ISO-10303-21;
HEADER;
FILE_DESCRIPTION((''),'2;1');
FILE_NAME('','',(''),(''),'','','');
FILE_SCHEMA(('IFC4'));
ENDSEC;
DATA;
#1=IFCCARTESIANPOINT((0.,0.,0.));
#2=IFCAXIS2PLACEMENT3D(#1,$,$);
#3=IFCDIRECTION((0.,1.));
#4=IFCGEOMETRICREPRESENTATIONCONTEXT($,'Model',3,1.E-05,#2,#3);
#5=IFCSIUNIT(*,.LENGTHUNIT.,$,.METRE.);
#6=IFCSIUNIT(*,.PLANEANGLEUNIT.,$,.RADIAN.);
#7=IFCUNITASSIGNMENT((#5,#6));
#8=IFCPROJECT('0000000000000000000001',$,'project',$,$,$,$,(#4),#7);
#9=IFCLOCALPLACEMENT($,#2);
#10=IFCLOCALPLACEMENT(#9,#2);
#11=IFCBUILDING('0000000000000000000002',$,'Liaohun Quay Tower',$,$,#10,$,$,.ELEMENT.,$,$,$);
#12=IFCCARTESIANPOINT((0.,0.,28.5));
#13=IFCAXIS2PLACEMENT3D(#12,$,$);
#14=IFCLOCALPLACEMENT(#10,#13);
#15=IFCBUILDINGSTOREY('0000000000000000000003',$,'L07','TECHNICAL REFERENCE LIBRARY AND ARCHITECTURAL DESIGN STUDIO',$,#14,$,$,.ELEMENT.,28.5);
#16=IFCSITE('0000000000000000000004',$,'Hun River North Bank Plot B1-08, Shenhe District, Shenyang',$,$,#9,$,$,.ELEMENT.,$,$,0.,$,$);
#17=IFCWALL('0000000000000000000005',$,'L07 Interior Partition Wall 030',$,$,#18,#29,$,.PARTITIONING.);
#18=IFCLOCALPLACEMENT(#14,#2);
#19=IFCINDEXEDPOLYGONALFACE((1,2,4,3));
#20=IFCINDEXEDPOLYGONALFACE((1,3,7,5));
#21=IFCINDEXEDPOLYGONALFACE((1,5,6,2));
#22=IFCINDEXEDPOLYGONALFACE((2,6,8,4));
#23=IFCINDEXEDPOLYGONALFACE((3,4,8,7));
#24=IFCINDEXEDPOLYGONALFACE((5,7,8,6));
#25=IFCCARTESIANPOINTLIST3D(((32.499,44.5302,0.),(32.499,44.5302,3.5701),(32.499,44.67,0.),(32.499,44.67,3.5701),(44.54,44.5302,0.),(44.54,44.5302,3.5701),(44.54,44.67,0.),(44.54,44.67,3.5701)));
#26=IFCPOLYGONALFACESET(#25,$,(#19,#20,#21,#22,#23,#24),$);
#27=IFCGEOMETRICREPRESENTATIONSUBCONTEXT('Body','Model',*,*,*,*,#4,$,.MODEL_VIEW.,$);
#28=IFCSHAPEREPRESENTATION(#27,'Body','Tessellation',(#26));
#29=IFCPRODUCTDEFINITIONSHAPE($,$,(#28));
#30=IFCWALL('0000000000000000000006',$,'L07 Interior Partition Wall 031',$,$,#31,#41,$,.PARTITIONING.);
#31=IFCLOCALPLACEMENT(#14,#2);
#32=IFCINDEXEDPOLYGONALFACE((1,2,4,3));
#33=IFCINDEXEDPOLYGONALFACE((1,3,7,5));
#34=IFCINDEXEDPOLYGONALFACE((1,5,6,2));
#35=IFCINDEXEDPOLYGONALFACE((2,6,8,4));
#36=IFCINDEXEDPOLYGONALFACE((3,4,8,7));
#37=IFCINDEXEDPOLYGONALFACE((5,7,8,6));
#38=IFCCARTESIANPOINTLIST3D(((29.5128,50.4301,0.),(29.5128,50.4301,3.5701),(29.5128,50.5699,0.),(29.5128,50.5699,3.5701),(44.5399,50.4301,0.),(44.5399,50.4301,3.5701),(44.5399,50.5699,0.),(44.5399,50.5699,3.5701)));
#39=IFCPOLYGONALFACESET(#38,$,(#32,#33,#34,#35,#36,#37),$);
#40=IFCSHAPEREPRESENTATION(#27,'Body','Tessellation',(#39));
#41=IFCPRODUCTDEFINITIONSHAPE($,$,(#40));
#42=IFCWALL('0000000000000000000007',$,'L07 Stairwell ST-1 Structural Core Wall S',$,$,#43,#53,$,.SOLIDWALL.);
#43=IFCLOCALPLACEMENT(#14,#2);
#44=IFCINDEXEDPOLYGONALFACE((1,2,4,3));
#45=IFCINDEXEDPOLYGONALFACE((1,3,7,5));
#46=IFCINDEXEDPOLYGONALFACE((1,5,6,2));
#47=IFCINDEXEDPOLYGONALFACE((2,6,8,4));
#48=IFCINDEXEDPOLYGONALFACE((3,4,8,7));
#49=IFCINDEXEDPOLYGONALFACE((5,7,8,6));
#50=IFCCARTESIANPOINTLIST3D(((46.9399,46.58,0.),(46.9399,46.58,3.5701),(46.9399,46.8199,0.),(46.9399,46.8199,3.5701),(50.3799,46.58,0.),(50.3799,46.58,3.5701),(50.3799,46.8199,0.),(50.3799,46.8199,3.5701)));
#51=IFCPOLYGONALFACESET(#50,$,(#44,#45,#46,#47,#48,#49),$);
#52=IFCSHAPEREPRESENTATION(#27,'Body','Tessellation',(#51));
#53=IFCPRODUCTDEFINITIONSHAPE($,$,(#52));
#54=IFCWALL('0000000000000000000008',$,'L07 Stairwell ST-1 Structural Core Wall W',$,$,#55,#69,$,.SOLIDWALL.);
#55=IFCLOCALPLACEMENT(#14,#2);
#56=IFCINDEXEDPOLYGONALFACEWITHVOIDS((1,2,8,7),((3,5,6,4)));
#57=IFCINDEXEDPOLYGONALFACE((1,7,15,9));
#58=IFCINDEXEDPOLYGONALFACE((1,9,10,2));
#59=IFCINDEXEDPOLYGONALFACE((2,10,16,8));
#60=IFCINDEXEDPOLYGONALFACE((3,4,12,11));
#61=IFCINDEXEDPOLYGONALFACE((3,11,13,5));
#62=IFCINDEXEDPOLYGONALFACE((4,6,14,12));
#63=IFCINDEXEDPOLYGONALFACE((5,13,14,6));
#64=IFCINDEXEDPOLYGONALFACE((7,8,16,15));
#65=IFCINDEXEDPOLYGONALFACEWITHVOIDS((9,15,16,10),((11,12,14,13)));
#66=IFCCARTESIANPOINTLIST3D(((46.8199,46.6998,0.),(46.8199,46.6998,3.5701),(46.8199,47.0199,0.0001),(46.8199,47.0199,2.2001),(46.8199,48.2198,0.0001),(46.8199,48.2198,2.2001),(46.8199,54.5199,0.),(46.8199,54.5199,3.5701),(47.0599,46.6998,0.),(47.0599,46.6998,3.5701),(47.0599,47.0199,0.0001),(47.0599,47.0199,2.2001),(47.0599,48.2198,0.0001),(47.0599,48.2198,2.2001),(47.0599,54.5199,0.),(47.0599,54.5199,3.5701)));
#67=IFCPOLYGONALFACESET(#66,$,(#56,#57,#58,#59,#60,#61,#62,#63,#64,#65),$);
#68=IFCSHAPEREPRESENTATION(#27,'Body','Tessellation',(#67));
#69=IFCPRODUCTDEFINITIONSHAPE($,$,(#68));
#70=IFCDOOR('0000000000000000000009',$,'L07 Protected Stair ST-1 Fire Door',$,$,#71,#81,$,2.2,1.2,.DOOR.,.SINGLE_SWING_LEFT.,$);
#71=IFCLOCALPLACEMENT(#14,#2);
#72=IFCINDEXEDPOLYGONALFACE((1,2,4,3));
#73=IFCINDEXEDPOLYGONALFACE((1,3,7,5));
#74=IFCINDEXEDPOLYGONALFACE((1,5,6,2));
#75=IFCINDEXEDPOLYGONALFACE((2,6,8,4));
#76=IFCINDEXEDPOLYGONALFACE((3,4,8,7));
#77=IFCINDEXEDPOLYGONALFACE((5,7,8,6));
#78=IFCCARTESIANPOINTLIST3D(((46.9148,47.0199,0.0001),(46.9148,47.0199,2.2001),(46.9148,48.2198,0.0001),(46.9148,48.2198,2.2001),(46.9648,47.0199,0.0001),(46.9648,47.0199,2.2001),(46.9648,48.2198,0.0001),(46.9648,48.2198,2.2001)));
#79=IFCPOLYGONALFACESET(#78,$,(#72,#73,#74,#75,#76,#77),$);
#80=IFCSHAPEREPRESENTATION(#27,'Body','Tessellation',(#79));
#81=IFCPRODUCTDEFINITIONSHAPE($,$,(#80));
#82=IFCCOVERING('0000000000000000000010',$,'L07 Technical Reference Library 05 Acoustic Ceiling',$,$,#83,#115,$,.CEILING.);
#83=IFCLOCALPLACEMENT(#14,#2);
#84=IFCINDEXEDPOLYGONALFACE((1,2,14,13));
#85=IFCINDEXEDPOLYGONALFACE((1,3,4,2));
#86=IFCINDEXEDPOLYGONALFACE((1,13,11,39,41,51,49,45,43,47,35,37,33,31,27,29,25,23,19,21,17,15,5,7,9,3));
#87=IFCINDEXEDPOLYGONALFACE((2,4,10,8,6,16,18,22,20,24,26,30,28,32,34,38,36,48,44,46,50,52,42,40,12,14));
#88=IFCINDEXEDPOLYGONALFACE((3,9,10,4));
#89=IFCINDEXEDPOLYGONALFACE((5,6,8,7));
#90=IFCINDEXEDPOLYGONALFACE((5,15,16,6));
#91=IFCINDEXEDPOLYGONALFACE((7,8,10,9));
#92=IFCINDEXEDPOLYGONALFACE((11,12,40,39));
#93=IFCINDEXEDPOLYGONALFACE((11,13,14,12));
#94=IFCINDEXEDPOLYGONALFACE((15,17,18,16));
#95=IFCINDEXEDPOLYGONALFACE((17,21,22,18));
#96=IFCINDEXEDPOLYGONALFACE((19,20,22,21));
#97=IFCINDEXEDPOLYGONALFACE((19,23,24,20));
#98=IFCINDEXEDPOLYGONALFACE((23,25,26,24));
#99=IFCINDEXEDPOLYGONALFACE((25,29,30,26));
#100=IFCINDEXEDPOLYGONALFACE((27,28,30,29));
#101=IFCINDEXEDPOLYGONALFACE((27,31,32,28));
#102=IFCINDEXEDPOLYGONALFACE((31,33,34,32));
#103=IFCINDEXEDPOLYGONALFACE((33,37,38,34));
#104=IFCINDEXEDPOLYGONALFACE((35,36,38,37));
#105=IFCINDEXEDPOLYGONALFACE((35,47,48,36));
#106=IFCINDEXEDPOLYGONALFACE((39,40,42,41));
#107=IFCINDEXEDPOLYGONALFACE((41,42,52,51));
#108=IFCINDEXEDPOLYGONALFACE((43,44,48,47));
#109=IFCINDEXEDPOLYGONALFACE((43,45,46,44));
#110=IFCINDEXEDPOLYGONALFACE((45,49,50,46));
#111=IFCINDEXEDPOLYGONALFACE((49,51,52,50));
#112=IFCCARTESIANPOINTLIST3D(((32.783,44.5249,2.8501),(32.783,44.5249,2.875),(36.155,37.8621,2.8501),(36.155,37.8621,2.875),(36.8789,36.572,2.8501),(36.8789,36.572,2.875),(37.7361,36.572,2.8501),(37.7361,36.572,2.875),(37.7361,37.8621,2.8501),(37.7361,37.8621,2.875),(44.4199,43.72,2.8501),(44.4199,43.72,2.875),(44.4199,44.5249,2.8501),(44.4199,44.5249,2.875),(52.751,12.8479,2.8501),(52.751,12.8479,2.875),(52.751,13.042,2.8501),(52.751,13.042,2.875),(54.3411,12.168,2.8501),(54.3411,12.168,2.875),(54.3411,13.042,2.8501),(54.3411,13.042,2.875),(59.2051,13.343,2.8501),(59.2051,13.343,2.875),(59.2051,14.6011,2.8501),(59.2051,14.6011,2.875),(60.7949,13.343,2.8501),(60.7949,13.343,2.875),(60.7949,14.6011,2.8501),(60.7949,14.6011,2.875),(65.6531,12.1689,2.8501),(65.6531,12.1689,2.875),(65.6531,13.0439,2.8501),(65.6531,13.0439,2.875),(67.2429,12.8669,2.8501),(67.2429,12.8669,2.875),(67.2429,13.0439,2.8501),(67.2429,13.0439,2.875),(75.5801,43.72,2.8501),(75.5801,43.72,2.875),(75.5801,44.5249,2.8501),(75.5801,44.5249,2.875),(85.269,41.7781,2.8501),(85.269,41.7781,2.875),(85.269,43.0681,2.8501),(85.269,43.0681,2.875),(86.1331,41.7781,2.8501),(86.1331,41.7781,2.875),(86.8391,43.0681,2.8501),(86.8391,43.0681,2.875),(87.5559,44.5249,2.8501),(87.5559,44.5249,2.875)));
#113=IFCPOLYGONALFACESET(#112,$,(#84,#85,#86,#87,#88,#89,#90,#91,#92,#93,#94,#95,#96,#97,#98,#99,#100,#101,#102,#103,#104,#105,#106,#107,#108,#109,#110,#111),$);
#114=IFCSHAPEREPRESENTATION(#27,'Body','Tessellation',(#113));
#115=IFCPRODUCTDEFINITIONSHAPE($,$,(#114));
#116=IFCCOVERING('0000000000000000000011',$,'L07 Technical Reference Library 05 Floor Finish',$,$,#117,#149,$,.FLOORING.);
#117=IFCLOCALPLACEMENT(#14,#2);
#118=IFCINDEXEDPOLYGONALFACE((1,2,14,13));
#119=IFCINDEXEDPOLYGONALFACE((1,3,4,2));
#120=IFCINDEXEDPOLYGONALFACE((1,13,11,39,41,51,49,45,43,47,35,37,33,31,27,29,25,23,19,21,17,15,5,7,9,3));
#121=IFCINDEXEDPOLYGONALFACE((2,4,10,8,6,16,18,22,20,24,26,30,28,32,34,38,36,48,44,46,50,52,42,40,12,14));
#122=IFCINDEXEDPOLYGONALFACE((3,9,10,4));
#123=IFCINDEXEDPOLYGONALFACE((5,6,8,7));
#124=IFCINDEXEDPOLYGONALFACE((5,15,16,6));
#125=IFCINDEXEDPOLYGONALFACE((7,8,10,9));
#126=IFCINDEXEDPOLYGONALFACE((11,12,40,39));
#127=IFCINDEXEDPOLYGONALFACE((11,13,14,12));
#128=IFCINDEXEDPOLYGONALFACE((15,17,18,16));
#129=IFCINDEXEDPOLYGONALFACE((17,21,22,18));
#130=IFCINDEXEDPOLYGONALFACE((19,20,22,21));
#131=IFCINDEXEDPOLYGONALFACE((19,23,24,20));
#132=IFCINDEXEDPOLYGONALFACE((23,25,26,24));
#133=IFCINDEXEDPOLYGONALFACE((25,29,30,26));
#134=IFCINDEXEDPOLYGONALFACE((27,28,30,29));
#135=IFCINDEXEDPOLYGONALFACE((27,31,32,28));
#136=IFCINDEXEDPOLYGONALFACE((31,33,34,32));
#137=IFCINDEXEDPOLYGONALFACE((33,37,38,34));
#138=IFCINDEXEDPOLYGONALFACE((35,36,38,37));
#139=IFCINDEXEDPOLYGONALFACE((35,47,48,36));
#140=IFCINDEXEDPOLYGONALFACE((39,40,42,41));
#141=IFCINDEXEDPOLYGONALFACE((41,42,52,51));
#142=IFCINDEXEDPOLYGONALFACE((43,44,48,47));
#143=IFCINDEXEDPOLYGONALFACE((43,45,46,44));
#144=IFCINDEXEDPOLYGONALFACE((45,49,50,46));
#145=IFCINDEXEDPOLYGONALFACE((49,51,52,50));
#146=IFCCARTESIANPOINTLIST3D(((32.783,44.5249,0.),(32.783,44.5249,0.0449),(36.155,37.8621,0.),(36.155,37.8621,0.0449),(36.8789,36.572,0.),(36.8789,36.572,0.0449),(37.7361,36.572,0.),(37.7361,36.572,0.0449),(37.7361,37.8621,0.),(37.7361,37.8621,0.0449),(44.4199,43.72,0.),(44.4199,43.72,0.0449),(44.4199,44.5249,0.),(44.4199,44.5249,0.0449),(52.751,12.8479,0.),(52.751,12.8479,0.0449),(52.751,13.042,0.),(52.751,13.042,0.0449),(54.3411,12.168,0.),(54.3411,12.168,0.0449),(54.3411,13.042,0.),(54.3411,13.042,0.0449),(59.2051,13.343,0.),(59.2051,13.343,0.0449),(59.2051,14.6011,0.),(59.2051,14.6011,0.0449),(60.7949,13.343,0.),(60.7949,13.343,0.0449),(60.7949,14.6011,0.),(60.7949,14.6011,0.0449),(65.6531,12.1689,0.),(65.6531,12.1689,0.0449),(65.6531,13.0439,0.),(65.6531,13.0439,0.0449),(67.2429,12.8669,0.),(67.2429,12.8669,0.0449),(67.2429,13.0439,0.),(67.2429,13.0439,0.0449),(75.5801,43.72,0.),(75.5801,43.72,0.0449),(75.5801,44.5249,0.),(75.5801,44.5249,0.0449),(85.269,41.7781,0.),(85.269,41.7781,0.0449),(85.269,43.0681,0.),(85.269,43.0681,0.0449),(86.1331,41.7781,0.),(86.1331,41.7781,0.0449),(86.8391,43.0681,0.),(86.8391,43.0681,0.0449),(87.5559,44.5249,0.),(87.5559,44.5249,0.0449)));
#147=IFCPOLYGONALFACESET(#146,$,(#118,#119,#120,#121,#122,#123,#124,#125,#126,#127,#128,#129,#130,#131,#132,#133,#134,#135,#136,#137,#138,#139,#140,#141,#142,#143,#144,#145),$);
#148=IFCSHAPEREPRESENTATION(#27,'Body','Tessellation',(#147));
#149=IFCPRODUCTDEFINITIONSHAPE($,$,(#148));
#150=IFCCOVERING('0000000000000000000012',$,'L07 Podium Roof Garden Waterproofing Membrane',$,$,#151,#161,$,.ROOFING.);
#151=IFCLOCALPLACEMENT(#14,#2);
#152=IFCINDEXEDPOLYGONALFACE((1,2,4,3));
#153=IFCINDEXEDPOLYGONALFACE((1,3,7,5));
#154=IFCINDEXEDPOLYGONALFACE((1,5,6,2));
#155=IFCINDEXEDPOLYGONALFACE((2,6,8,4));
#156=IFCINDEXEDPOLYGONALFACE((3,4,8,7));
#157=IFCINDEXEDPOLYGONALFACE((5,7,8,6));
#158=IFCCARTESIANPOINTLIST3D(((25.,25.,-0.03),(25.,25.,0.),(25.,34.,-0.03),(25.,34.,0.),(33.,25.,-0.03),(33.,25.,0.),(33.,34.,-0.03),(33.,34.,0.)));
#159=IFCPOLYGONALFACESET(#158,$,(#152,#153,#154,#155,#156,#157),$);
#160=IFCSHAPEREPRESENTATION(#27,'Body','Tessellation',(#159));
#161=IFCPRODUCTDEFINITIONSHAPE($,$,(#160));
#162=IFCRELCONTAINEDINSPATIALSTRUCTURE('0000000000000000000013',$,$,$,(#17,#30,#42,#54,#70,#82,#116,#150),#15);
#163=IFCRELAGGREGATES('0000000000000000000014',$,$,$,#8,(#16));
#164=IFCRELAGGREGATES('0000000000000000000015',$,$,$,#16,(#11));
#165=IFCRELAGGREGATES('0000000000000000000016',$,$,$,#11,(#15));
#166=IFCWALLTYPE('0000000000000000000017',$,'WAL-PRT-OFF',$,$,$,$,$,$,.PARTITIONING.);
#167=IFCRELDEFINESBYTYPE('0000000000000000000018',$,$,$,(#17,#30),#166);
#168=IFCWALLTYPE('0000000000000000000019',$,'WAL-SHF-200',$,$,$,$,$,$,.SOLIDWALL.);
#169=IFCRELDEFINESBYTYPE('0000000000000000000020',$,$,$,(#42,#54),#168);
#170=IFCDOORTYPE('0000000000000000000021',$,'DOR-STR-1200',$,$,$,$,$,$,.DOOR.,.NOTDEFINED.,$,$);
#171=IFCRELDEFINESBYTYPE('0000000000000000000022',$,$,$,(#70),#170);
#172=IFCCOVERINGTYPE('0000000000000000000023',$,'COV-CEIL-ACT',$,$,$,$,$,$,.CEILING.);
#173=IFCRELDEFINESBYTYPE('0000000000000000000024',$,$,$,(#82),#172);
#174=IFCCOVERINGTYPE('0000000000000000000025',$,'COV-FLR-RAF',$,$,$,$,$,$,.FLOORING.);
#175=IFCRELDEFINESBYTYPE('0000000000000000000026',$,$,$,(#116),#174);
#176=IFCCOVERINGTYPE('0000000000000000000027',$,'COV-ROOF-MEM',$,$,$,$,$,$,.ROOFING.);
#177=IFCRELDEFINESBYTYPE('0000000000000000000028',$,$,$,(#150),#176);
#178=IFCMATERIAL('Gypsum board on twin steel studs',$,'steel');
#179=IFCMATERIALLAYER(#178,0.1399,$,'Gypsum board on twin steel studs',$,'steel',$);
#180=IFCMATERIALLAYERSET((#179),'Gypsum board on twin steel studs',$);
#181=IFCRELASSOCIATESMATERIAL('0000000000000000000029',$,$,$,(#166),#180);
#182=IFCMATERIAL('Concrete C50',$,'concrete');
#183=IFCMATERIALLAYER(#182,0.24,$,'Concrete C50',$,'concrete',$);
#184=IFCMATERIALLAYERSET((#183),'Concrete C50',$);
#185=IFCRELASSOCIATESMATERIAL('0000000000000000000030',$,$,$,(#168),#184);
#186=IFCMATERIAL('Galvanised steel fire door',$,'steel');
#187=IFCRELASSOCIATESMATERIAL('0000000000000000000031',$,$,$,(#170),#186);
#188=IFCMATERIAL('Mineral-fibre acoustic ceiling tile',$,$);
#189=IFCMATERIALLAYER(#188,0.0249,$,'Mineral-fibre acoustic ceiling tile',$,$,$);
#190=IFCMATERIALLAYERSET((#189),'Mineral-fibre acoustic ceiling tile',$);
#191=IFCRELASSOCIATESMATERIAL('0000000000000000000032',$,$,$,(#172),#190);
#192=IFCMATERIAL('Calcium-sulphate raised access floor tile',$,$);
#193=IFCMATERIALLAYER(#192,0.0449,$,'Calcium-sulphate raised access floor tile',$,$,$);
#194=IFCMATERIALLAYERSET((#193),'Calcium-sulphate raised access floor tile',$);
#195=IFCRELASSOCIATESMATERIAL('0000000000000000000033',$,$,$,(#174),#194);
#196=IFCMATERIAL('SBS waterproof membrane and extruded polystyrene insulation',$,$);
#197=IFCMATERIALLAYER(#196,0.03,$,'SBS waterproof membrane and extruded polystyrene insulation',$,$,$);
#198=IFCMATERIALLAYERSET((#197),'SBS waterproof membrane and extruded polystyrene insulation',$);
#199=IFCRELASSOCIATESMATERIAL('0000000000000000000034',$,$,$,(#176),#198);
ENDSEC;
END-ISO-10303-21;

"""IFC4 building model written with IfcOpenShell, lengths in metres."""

from ifc_helpers import new_model, si_unit, direction, frame, frame_2d, origin, place, context, subcontext, project, spatial, polyline, rectangle, outline, extrude, source, transform, mapped, material, layer, layer_set, type_object, element, fill, save


model = new_model("IFC4")

# Units and contexts
model_context = context("Model", 3, precision=1e-05, world=origin(), true_north=direction((0.0, 1.0)))
body_context = subcontext(model_context, "Body", "Model", "MODEL_VIEW")
ifc_project = project(units=[si_unit("LENGTHUNIT", "METRE"), si_unit("PLANEANGLEUNIT", "RADIAN")], contexts=[model_context])

# Site, building, storey
site_placement = place(None, origin())
site = spatial("IfcSite", under=ifc_project, at=site_placement, Name="Hun River North Bank Plot B1-08, Shenhe District, Shenyang", CompositionType="ELEMENT", RefElevation=0.0)
building_placement = place(site_placement, origin())
building = spatial("IfcBuilding", under=site, at=building_placement, Name="Liaohun Quay Tower", CompositionType="ELEMENT")
storey_placement = place(building_placement, frame((0.0, 0.0, 28.5)))
storey = spatial("IfcBuildingStorey", under=building, at=storey_placement, Name="L07", Description="TECHNICAL REFERENCE LIBRARY AND ARCHITECTURAL DESIGN STUDIO", CompositionType="ELEMENT", Elevation=28.5)

# Shared definitions
ifc_material_1 = material(Name="Concrete C50", Category="concrete")

# Walls
ifc_material_2 = material(Name="Gypsum board on twin steel studs", Category="steel")
ifc_layer_1 = layer(ifc_material_2, 0.1399, Name="Gypsum board on twin steel studs", Category="steel")
ifc_layer_set_1 = layer_set([ifc_layer_1], Name="Gypsum board on twin steel studs")
wall_type_1 = type_object("IfcWallType", Name="WAL-PRT-OFF", PredefinedType="PARTITIONING", material=ifc_layer_set_1)
wall_1_placement = place(storey_placement, frame((44.54, 44.6001, 0.0), z_axis=(0.0, 0.0, 1.0), x_axis=(-1.0, 0.0, 0.0)))
element("IfcWall", 1, at=wall_1_placement, inside=storey, type_object=wall_type_1, Name="L07 Interior Partition Wall 030", PredefinedType="PARTITIONING", context=body_context, shape_type="SweptSolid", body=[
    extrude(rectangle(XDim=12.041, YDim=0.1399, at=frame_2d((6.0205, 0.0))), origin(), (0.0, 0.0, 1.0), 3.5701),
])
wall_2_placement = place(storey_placement, frame((44.54, 50.5, 0.0), z_axis=(0.0, 0.0, 1.0), x_axis=(-1.0, 0.0, 0.0)))
element("IfcWall", 2, at=wall_2_placement, inside=storey, type_object=wall_type_1, Name="L07 Interior Partition Wall 031", PredefinedType="PARTITIONING", context=body_context, shape_type="SweptSolid", body=[
    extrude(rectangle(XDim=15.0271, YDim=0.1399, at=frame_2d((7.5137, 0.0))), origin(), (0.0, 0.0, 1.0), 3.5701),
])
ifc_layer_2 = layer(ifc_material_1, 0.24, Name="Concrete C50", Category="concrete")
ifc_layer_set_2 = layer_set([ifc_layer_2], Name="Concrete C50")
wall_type_2 = type_object("IfcWallType", Name="WAL-SHF-200", PredefinedType="SOLIDWALL", material=ifc_layer_set_2)
wall_3_placement = place(storey_placement, frame((46.9399, 46.7, 0.0), z_axis=(0.0, 0.0, 1.0), x_axis=(1.0, 0.0, 0.0)))
element("IfcWall", 3, at=wall_3_placement, inside=storey, type_object=wall_type_2, Name="L07 Stairwell ST-1 Structural Core Wall S", PredefinedType="SOLIDWALL", context=body_context, shape_type="SweptSolid", body=[
    extrude(rectangle(XDim=3.4399, YDim=0.24, at=frame_2d((1.72, 0.0))), origin(), (0.0, 0.0, 1.0), 3.5701),
])

# Wall, opening, door
wall_4_placement = place(storey_placement, frame((46.9399, 54.52, 0.0), z_axis=(0.0, 0.0, 1.0), x_axis=(0.0, -1.0, 0.0)))
wall_4 = element("IfcWall", 4, at=wall_4_placement, inside=storey, type_object=wall_type_2, Name="L07 Stairwell ST-1 Structural Core Wall W", PredefinedType="SOLIDWALL", context=body_context, shape_type="SweptSolid", body=[
    extrude(rectangle(XDim=7.8201, YDim=0.24, at=frame_2d((3.9102, 0.0))), origin(), (0.0, 0.0, 1.0), 3.5701),
])
shared_shape_1 = source(origin(), body_context, "Body", "SweptSolid", [
    extrude(rectangle(XDim=1.2, YDim=2.2, at=frame_2d((0.6001, 1.1001))), frame((0.0, 0.1299, 0.0), z_axis=(0.0, -1.0, 0.0), x_axis=(1.0, 0.0, 0.0)), (0.0, 0.0, 1.0), 0.26),
])
opening_1_placement = place(wall_4_placement, frame((6.3, 0.0, 0.0)))
opening_1 = element("IfcOpeningElement", 5, at=opening_1_placement, cuts=wall_4, PredefinedType="OPENING", context=body_context, shape_type="MappedRepresentation", body=[
    mapped(shared_shape_1, transform((0.0, 0.0, 0.0), x_axis=(1.0, 0.0, 0.0), y_axis=(0.0, 1.0, 0.0), z_axis=(0.0, 0.0, 1.0), scale=1.0)),
])
ifc_material_3 = material(Name="Galvanised steel fire door", Category="steel")
door_type_1 = type_object("IfcDoorType", Name="DOR-STR-1200", OperationType="NOTDEFINED", PredefinedType="DOOR", material=ifc_material_3)
shared_shape_2 = source(origin(), body_context, "Body", "SweptSolid", [
    extrude(rectangle(XDim=1.2, YDim=2.2, at=frame_2d((0.6001, 1.1001))), frame((0.0, 0.0249, 0.0), z_axis=(0.0, -1.0, 0.0), x_axis=(1.0, 0.0, 0.0)), (0.0, 0.0, 1.0), 0.05),
])
door_1_placement = place(opening_1_placement, origin())
door_1 = element("IfcDoor", 6, at=door_1_placement, inside=storey, type_object=door_type_1, Name="L07 Protected Stair ST-1 Fire Door", OperationType="SINGLE_SWING_LEFT", OverallHeight=2.2, OverallWidth=1.2, PredefinedType="DOOR", context=body_context, shape_type="MappedRepresentation", body=[
    mapped(shared_shape_2, transform((0.0, 0.0, 0.0), x_axis=(1.0, 0.0, 0.0), y_axis=(0.0, 1.0, 0.0), z_axis=(0.0, 0.0, 1.0), scale=1.0)),
])
fill(opening_1, door_1)

# Coverings
ifc_material_4 = material(Name="Mineral-fibre acoustic ceiling tile")
ifc_layer_3 = layer(ifc_material_4, 0.0249, Name="Mineral-fibre acoustic ceiling tile")
ifc_layer_set_3 = layer_set([ifc_layer_3], Name="Mineral-fibre acoustic ceiling tile")
covering_type_1 = type_object("IfcCoveringType", Name="COV-CEIL-ACT", PredefinedType="CEILING", material=ifc_layer_set_3)
covering_1_placement = place(storey_placement, frame((0.0, 0.0, 2.8501)))
element("IfcCovering", 7, at=covering_1_placement, inside=storey, type_object=covering_type_1, Name="L07 Technical Reference Library 05 Acoustic Ceiling", PredefinedType="CEILING", context=body_context, shape_type="SweptSolid", body=[
    extrude(outline(polyline([(32.783, 44.5249), (36.155, 37.8621), (37.7361, 37.8621), (37.7361, 36.572), (36.8789, 36.572), (52.751, 12.8479), (52.751, 13.042), (54.3411, 13.042), (54.3411, 12.168), (59.2051, 13.343), (59.2051, 14.6011), (60.7949, 14.6011), (60.7949, 13.343), (65.6531, 12.1689), (65.6531, 13.0439), (67.2429, 13.0439), (67.2429, 12.8669), (86.1331, 41.7781), (85.269, 41.7781), (85.269, 43.0681), (86.8391, 43.0681), (87.5559, 44.5249), (75.5801, 44.5249), (75.5801, 43.72), (44.4199, 43.72), (44.4199, 44.5249), (32.783, 44.5249)])), origin(), (0.0, 0.0, 1.0), 0.0249),
])
ifc_material_5 = material(Name="Calcium-sulphate raised access floor tile")
ifc_layer_4 = layer(ifc_material_5, 0.0449, Name="Calcium-sulphate raised access floor tile")
ifc_layer_set_4 = layer_set([ifc_layer_4], Name="Calcium-sulphate raised access floor tile")
covering_type_2 = type_object("IfcCoveringType", Name="COV-FLR-RAF", PredefinedType="FLOORING", material=ifc_layer_set_4)
covering_2_placement = place(storey_placement, origin())
element("IfcCovering", 8, at=covering_2_placement, inside=storey, type_object=covering_type_2, Name="L07 Technical Reference Library 05 Floor Finish", PredefinedType="FLOORING", context=body_context, shape_type="SweptSolid", body=[
    extrude(outline(polyline([(32.783, 44.5249), (36.155, 37.8621), (37.7361, 37.8621), (37.7361, 36.572), (36.8789, 36.572), (52.751, 12.8479), (52.751, 13.042), (54.3411, 13.042), (54.3411, 12.168), (59.2051, 13.343), (59.2051, 14.6011), (60.7949, 14.6011), (60.7949, 13.343), (65.6531, 12.1689), (65.6531, 13.0439), (67.2429, 13.0439), (67.2429, 12.8669), (86.1331, 41.7781), (85.269, 41.7781), (85.269, 43.0681), (86.8391, 43.0681), (87.5559, 44.5249), (75.5801, 44.5249), (75.5801, 43.72), (44.4199, 43.72), (44.4199, 44.5249), (32.783, 44.5249)])), origin(), (0.0, 0.0, 1.0), 0.0449),
])
ifc_material_6 = material(Name="SBS waterproof membrane and extruded polystyrene insulation")
ifc_layer_5 = layer(ifc_material_6, 0.03, Name="SBS waterproof membrane and extruded polystyrene insulation")
ifc_layer_set_5 = layer_set([ifc_layer_5], Name="SBS waterproof membrane and extruded polystyrene insulation")
covering_type_3 = type_object("IfcCoveringType", Name="COV-ROOF-MEM", PredefinedType="ROOFING", material=ifc_layer_set_5)
covering_3_placement = place(storey_placement, frame((0.0, 0.0, -0.03)))
element("IfcCovering", 9, at=covering_3_placement, inside=storey, type_object=covering_type_3, Name="L07 Podium Roof Garden Waterproofing Membrane", PredefinedType="ROOFING", context=body_context, shape_type="SweptSolid", body=[
    extrude(outline(polyline([(25.0, 25.0), (33.0, 25.0), (33.0, 34.0), (25.0, 34.0), (25.0, 25.0)])), origin(), (0.0, 0.0, 1.0), 0.03),
])

save(model, "model.ifc")
